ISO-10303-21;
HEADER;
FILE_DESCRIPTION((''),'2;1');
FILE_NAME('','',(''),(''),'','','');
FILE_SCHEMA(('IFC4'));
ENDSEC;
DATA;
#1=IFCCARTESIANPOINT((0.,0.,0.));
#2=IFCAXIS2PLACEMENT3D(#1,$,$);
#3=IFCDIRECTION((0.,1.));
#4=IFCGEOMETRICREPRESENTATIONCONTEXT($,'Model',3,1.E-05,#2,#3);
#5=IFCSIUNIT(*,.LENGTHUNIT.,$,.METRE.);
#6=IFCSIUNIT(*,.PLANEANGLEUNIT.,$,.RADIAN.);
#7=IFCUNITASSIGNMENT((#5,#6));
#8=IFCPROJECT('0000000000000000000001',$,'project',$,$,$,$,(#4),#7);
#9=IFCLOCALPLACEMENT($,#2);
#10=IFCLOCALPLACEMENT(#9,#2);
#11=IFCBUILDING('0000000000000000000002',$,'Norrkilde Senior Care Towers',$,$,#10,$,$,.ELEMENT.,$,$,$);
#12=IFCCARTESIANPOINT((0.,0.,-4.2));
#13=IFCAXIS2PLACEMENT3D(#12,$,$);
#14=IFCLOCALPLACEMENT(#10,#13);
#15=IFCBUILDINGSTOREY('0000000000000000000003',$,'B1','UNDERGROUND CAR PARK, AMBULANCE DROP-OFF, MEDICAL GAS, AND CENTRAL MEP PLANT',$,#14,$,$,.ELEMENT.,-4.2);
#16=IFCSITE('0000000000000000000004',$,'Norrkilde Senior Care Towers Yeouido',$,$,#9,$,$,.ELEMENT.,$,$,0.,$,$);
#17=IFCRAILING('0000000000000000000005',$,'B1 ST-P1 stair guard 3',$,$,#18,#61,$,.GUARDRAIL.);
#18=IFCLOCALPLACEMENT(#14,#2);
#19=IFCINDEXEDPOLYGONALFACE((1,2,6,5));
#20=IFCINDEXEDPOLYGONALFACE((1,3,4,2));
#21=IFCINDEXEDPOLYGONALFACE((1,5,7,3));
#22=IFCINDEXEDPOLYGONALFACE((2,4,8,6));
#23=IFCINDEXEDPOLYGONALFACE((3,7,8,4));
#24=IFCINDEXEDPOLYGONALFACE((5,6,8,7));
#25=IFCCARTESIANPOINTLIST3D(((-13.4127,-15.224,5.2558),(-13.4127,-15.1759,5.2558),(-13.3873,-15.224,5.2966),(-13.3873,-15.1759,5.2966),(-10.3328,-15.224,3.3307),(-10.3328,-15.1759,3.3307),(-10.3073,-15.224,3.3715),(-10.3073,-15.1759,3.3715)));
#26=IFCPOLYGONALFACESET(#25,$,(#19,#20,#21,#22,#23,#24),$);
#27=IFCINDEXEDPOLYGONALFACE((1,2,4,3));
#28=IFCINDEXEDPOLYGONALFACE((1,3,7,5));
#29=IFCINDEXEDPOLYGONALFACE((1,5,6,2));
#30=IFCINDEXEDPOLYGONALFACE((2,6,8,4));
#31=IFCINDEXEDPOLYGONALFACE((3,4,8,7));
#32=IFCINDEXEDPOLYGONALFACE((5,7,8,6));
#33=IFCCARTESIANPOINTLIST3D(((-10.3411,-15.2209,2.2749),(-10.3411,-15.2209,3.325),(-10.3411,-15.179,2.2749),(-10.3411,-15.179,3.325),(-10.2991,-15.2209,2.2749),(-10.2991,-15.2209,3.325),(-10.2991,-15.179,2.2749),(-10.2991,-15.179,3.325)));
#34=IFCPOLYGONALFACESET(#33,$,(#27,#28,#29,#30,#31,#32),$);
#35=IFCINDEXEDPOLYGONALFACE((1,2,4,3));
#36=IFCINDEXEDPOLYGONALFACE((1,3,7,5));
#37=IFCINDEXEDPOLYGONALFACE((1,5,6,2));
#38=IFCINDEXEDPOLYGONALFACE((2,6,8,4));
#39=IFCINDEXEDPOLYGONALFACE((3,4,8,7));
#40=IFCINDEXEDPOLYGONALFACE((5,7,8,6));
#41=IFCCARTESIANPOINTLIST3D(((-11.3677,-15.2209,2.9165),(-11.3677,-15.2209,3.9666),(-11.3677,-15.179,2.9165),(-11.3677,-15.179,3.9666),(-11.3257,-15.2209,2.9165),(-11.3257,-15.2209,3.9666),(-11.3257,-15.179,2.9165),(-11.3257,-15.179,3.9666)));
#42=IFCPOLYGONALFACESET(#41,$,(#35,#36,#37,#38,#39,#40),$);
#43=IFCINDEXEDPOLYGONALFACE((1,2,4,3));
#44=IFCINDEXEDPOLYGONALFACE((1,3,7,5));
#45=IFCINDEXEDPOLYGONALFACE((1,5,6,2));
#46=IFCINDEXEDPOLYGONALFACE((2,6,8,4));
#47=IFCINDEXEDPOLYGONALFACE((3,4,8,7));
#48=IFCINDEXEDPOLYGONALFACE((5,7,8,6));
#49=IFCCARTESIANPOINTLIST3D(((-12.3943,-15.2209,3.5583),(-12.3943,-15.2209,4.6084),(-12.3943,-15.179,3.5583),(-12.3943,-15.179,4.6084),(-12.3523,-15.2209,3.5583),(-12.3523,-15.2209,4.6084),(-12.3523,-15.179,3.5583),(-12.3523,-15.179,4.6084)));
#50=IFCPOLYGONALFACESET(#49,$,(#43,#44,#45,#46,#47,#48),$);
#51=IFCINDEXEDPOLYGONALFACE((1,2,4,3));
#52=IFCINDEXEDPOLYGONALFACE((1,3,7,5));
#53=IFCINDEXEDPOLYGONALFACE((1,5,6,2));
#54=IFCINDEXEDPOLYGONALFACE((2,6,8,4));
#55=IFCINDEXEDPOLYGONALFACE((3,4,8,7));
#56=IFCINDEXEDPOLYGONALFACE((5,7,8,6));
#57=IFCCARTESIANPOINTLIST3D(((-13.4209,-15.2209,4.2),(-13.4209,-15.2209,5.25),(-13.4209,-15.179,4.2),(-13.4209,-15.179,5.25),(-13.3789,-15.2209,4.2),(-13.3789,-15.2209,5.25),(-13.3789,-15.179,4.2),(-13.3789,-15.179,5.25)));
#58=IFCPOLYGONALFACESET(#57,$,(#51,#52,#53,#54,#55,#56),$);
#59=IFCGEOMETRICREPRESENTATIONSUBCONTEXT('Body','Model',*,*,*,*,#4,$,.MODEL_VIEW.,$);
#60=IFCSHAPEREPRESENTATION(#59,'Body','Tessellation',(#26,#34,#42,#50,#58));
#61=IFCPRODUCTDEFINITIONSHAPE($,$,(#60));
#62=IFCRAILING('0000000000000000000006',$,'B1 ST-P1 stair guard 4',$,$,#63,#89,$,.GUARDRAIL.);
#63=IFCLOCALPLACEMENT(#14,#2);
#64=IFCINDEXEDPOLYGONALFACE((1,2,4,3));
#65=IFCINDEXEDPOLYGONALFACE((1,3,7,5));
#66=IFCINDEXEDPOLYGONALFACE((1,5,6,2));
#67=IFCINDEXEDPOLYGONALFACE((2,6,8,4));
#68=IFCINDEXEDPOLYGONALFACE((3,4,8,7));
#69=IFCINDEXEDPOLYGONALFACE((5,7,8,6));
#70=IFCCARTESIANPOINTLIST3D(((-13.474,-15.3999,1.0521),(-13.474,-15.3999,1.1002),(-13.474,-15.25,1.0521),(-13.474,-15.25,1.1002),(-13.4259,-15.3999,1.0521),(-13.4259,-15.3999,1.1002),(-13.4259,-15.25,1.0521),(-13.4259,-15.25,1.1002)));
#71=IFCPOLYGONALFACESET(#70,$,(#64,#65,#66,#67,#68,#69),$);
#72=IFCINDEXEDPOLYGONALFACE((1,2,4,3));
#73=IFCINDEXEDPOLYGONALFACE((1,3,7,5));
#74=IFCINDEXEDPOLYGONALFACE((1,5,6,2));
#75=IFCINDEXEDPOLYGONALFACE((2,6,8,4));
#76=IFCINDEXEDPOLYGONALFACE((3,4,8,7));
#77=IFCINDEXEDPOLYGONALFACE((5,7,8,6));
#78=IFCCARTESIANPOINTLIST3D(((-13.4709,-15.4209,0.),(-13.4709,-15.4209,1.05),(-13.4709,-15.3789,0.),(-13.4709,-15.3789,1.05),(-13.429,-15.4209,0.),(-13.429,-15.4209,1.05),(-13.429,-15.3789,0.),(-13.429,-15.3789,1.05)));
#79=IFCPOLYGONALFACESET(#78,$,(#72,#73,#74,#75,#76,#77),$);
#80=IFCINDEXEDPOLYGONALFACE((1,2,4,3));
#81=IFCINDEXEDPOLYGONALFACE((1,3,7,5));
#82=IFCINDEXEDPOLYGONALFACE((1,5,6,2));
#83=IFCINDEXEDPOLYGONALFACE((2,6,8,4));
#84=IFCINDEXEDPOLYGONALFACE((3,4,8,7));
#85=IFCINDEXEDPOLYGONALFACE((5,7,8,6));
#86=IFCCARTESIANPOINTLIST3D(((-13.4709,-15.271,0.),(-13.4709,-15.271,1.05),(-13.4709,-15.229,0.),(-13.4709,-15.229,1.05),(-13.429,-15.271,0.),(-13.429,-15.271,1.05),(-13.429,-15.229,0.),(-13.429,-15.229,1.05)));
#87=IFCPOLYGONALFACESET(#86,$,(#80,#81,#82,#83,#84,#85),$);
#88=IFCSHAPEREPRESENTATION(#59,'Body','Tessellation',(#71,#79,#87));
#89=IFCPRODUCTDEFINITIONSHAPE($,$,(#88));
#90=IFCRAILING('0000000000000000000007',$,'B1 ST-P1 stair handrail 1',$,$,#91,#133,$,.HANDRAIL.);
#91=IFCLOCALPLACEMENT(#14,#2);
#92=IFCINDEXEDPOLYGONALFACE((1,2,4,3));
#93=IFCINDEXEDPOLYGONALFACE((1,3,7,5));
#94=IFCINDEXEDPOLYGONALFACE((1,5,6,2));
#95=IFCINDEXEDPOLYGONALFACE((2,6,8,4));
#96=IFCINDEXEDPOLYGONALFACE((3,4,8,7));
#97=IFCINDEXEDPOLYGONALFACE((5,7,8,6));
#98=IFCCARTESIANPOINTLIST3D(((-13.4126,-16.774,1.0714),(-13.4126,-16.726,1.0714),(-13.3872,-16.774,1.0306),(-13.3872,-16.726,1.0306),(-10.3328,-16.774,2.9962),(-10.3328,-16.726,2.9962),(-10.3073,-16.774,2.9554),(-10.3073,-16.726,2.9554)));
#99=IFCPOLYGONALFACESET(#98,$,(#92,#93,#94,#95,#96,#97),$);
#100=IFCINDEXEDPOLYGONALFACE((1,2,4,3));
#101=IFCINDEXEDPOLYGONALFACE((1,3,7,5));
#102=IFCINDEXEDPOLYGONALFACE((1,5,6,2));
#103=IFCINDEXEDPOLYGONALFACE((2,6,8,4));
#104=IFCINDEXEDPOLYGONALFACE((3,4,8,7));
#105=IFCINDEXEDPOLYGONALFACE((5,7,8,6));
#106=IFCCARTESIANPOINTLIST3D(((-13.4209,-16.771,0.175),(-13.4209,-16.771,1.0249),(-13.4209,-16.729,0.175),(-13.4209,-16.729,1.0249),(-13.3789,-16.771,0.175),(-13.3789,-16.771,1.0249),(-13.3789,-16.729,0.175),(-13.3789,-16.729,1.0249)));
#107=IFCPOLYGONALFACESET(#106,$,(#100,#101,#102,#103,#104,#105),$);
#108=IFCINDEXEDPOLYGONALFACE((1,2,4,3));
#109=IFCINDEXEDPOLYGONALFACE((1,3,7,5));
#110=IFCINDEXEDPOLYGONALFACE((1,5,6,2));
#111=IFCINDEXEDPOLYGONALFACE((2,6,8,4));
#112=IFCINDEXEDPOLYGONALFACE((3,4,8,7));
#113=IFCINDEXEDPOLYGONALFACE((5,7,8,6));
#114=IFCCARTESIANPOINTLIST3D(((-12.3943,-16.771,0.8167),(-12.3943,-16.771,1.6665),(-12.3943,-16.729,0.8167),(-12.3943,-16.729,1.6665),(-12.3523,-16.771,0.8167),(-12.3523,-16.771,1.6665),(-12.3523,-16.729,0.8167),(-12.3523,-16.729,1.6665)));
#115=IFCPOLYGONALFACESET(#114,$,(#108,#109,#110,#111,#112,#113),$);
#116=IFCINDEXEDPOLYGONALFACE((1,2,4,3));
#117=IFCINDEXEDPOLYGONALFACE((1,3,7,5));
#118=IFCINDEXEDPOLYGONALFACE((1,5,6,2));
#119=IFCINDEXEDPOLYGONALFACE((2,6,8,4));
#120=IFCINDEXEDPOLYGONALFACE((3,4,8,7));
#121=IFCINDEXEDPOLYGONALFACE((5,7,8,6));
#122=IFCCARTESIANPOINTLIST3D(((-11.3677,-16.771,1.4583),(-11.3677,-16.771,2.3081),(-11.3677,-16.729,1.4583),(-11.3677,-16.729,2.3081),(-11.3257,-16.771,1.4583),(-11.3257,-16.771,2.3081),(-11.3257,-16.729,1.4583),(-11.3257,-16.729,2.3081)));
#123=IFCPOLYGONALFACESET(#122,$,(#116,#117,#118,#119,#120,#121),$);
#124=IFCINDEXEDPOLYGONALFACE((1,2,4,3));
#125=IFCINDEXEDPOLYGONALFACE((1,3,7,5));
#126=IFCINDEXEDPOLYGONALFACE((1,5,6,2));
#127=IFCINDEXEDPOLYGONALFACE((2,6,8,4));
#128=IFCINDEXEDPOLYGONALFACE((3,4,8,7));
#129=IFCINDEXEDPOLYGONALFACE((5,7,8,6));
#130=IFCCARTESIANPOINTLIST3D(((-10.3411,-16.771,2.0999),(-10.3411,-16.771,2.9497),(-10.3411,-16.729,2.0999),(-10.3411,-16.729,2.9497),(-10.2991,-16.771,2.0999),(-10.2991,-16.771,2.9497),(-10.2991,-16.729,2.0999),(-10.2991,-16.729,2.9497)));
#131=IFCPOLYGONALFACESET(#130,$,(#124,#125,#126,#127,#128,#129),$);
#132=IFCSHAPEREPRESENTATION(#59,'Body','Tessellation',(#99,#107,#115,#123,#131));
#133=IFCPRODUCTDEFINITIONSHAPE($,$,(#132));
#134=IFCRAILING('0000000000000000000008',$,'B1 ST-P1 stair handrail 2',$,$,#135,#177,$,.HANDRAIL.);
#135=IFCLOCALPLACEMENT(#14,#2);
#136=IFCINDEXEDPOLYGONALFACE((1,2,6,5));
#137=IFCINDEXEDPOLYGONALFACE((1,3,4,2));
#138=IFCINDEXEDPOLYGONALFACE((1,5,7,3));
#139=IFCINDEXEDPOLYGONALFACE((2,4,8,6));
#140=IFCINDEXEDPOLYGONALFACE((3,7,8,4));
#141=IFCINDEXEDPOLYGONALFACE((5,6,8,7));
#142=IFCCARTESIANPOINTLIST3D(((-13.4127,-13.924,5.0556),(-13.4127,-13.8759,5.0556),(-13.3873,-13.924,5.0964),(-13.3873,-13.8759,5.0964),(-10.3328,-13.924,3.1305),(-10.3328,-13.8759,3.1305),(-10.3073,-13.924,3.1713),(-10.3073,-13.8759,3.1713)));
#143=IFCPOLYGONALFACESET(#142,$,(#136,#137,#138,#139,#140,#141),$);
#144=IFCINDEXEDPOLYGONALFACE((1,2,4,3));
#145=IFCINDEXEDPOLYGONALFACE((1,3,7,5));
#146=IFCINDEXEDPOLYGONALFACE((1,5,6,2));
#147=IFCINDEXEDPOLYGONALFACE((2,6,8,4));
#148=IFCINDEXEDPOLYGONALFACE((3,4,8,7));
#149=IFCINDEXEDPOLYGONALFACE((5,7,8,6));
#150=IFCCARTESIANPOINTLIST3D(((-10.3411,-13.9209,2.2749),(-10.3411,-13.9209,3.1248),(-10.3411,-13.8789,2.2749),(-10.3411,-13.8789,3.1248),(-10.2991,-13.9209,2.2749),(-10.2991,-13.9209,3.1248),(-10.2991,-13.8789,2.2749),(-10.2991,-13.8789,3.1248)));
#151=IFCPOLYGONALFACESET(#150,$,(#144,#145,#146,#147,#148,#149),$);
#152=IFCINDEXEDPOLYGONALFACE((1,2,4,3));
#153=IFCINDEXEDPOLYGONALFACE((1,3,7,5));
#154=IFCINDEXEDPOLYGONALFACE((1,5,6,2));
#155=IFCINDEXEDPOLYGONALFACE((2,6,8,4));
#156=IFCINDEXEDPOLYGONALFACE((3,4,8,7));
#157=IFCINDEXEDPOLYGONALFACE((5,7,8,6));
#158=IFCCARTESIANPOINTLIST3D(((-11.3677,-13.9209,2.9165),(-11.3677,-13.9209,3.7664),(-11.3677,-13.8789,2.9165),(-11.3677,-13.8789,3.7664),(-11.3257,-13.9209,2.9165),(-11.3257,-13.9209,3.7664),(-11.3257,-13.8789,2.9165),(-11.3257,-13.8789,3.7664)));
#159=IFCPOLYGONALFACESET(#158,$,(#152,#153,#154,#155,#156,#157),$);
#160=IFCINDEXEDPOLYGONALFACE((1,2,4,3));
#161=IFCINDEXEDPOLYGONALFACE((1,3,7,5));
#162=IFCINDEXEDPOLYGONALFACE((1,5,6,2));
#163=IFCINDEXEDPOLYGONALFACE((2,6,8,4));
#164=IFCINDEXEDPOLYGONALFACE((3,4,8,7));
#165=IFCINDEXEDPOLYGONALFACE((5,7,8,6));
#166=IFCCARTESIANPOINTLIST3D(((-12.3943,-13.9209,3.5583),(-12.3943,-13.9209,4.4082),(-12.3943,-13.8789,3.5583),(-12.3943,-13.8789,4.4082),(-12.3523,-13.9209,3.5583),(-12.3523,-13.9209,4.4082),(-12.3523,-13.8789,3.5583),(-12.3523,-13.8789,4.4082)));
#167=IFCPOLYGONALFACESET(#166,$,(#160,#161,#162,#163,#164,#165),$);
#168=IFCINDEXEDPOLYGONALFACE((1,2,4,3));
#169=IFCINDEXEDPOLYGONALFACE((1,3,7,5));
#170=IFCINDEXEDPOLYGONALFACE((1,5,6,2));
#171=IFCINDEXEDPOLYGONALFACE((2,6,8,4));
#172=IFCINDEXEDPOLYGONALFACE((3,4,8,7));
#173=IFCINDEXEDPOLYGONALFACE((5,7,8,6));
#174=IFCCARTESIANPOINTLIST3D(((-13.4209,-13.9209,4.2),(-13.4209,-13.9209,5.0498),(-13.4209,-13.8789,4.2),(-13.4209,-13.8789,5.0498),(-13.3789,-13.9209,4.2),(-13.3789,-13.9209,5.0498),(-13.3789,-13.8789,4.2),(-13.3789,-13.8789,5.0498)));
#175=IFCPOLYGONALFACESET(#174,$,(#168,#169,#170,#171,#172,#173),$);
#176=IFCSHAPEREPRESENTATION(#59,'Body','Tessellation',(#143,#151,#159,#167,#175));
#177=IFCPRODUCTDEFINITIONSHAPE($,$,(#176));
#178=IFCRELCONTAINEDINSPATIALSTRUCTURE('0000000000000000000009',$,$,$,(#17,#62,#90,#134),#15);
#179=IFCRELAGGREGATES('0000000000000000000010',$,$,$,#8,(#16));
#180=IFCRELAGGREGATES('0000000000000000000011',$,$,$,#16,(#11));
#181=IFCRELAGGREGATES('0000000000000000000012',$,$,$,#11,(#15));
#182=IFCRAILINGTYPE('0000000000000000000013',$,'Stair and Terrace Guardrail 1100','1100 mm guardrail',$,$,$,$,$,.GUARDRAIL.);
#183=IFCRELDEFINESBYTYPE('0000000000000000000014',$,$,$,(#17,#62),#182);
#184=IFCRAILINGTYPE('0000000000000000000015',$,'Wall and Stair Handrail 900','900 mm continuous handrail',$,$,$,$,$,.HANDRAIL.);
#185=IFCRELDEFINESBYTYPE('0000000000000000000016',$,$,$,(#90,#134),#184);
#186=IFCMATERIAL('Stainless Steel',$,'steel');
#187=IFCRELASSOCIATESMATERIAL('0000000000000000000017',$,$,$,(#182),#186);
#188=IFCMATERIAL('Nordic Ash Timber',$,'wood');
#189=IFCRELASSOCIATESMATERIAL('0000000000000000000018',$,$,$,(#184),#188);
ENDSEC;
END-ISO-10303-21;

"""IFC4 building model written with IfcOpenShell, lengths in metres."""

from ifc_helpers import new_model, si_unit, direction, frame, origin, origin_2d, place, context, subcontext, project, spatial, rectangle, extrude, material, type_object, element, save


model = new_model("IFC4")

# Units and contexts
model_context = context("Model", 3, precision=1e-05, world=origin(), true_north=direction((0.0, 1.0)))
body_context = subcontext(model_context, "Body", "Model", "MODEL_VIEW")
ifc_project = project(units=[si_unit("LENGTHUNIT", "METRE"), si_unit("PLANEANGLEUNIT", "RADIAN")], contexts=[model_context])

# Site, building, storey
site_placement = place(None, origin())
site = spatial("IfcSite", under=ifc_project, at=site_placement, Name="Norrkilde Senior Care Towers Yeouido", CompositionType="ELEMENT", RefElevation=0.0)
building_placement = place(site_placement, origin())
building = spatial("IfcBuilding", under=site, at=building_placement, Name="Norrkilde Senior Care Towers", CompositionType="ELEMENT")
storey_placement = place(building_placement, frame((0.0, 0.0, -4.2)))
storey = spatial("IfcBuildingStorey", under=building, at=storey_placement, Name="B1", Description="UNDERGROUND CAR PARK, AMBULANCE DROP-OFF, MEDICAL GAS, AND CENTRAL MEP PLANT", CompositionType="ELEMENT", Elevation=-4.2)

# Railings
ifc_material_1 = material(Name="Stainless Steel", Category="steel")
railing_type_1 = type_object("IfcRailingType", Name="Stair and Terrace Guardrail 1100", Description="1100 mm guardrail", PredefinedType="GUARDRAIL", material=ifc_material_1)
railing_1_placement = place(storey_placement, frame((-10.3201, -15.2, 2.2749)))
element("IfcRailing", 1, at=railing_1_placement, inside=storey, type_object=railing_type_1, Name="B1 ST-P1 stair guard 3", PredefinedType="GUARDRAIL", context=body_context, shape_type="SweptSolid", body=[
    extrude(rectangle(XDim=0.0481, YDim=0.0481, at=origin_2d()), frame((0.0, 0.0, 1.0762), z_axis=(-0.847979, 0.0, 0.530029), x_axis=(0.0, -1.0, 0.0)), (0.0, 0.0, 1.0), 3.6321),
    extrude(rectangle(XDim=0.042, YDim=0.042, at=origin_2d()), origin(), (0.0, 0.0, 1.0), 1.05),
    extrude(rectangle(XDim=0.042, YDim=0.042, at=origin_2d()), frame((-1.0266, 0.0, 0.6416)), (0.0, 0.0, 1.0), 1.05),
    extrude(rectangle(XDim=0.042, YDim=0.042, at=origin_2d()), frame((-2.0532, 0.0, 1.2834)), (0.0, 0.0, 1.0), 1.05),
    extrude(rectangle(XDim=0.042, YDim=0.042, at=origin_2d()), frame((-3.0798, 0.0, 1.925)), (0.0, 0.0, 1.0), 1.05),
])
railing_2_placement = place(storey_placement, frame((-13.45, -15.3999, 0.0)))
element("IfcRailing", 2, at=railing_2_placement, inside=storey, type_object=railing_type_1, Name="B1 ST-P1 stair guard 4", PredefinedType="GUARDRAIL", context=body_context, shape_type="SweptSolid", body=[
    extrude(rectangle(XDim=0.0481, YDim=0.0481, at=origin_2d()), frame((0.0, 0.0, 1.0762), z_axis=(0.0, 1.0, 0.0), x_axis=(-1.0, 0.0, 0.0)), (0.0, 0.0, 1.0), 0.1499),
    extrude(rectangle(XDim=0.042, YDim=0.042, at=origin_2d()), origin(), (0.0, 0.0, 1.0), 1.05),
    extrude(rectangle(XDim=0.042, YDim=0.042, at=origin_2d()), frame((0.0, 0.1499, 0.0)), (0.0, 0.0, 1.0), 1.05),
])
ifc_material_2 = material(Name="Nordic Ash Timber", Category="wood")
railing_type_2 = type_object("IfcRailingType", Name="Wall and Stair Handrail 900", Description="900 mm continuous handrail", PredefinedType="HANDRAIL", material=ifc_material_2)
railing_3_placement = place(storey_placement, frame((-13.3999, -16.75, 0.175)))
element("IfcRailing", 3, at=railing_3_placement, inside=storey, type_object=railing_type_2, Name="B1 ST-P1 stair handrail 1", PredefinedType="HANDRAIL", context=body_context, shape_type="SweptSolid", body=[
    extrude(rectangle(XDim=0.0481, YDim=0.0481, at=origin_2d()), frame((0.0, 0.0, 0.876), z_axis=(0.84801, 0.0, 0.529981), x_axis=(0.0, 1.0, 0.0)), (0.0, 0.0, 1.0), 3.6318),
    extrude(rectangle(XDim=0.042, YDim=0.042, at=origin_2d()), origin(), (0.0, 0.0, 1.0), 0.8499),
    extrude(rectangle(XDim=0.042, YDim=0.042, at=origin_2d()), frame((1.0266, 0.0, 0.6416)), (0.0, 0.0, 1.0), 0.8499),
    extrude(rectangle(XDim=0.042, YDim=0.042, at=origin_2d()), frame((2.0532, 0.0, 1.2832)), (0.0, 0.0, 1.0), 0.8499),
    extrude(rectangle(XDim=0.042, YDim=0.042, at=origin_2d()), frame((3.0798, 0.0, 1.9248)), (0.0, 0.0, 1.0), 0.8499),
])
railing_4_placement = place(storey_placement, frame((-10.3201, -13.8999, 2.2749)))
element("IfcRailing", 4, at=railing_4_placement, inside=storey, type_object=railing_type_2, Name="B1 ST-P1 stair handrail 2", PredefinedType="HANDRAIL", context=body_context, shape_type="SweptSolid", body=[
    extrude(rectangle(XDim=0.0481, YDim=0.0481, at=origin_2d()), frame((0.0, 0.0, 0.876), z_axis=(-0.847979, 0.0, 0.530029), x_axis=(0.0, -1.0, 0.0)), (0.0, 0.0, 1.0), 3.6321),
    extrude(rectangle(XDim=0.042, YDim=0.042, at=origin_2d()), origin(), (0.0, 0.0, 1.0), 0.8499),
    extrude(rectangle(XDim=0.042, YDim=0.042, at=origin_2d()), frame((-1.0266, 0.0, 0.6416)), (0.0, 0.0, 1.0), 0.8499),
    extrude(rectangle(XDim=0.042, YDim=0.042, at=origin_2d()), frame((-2.0532, 0.0, 1.2834)), (0.0, 0.0, 1.0), 0.8499),
    extrude(rectangle(XDim=0.042, YDim=0.042, at=origin_2d()), frame((-3.0798, 0.0, 1.925)), (0.0, 0.0, 1.0), 0.8499),
])

save(model, "model.ifc")
